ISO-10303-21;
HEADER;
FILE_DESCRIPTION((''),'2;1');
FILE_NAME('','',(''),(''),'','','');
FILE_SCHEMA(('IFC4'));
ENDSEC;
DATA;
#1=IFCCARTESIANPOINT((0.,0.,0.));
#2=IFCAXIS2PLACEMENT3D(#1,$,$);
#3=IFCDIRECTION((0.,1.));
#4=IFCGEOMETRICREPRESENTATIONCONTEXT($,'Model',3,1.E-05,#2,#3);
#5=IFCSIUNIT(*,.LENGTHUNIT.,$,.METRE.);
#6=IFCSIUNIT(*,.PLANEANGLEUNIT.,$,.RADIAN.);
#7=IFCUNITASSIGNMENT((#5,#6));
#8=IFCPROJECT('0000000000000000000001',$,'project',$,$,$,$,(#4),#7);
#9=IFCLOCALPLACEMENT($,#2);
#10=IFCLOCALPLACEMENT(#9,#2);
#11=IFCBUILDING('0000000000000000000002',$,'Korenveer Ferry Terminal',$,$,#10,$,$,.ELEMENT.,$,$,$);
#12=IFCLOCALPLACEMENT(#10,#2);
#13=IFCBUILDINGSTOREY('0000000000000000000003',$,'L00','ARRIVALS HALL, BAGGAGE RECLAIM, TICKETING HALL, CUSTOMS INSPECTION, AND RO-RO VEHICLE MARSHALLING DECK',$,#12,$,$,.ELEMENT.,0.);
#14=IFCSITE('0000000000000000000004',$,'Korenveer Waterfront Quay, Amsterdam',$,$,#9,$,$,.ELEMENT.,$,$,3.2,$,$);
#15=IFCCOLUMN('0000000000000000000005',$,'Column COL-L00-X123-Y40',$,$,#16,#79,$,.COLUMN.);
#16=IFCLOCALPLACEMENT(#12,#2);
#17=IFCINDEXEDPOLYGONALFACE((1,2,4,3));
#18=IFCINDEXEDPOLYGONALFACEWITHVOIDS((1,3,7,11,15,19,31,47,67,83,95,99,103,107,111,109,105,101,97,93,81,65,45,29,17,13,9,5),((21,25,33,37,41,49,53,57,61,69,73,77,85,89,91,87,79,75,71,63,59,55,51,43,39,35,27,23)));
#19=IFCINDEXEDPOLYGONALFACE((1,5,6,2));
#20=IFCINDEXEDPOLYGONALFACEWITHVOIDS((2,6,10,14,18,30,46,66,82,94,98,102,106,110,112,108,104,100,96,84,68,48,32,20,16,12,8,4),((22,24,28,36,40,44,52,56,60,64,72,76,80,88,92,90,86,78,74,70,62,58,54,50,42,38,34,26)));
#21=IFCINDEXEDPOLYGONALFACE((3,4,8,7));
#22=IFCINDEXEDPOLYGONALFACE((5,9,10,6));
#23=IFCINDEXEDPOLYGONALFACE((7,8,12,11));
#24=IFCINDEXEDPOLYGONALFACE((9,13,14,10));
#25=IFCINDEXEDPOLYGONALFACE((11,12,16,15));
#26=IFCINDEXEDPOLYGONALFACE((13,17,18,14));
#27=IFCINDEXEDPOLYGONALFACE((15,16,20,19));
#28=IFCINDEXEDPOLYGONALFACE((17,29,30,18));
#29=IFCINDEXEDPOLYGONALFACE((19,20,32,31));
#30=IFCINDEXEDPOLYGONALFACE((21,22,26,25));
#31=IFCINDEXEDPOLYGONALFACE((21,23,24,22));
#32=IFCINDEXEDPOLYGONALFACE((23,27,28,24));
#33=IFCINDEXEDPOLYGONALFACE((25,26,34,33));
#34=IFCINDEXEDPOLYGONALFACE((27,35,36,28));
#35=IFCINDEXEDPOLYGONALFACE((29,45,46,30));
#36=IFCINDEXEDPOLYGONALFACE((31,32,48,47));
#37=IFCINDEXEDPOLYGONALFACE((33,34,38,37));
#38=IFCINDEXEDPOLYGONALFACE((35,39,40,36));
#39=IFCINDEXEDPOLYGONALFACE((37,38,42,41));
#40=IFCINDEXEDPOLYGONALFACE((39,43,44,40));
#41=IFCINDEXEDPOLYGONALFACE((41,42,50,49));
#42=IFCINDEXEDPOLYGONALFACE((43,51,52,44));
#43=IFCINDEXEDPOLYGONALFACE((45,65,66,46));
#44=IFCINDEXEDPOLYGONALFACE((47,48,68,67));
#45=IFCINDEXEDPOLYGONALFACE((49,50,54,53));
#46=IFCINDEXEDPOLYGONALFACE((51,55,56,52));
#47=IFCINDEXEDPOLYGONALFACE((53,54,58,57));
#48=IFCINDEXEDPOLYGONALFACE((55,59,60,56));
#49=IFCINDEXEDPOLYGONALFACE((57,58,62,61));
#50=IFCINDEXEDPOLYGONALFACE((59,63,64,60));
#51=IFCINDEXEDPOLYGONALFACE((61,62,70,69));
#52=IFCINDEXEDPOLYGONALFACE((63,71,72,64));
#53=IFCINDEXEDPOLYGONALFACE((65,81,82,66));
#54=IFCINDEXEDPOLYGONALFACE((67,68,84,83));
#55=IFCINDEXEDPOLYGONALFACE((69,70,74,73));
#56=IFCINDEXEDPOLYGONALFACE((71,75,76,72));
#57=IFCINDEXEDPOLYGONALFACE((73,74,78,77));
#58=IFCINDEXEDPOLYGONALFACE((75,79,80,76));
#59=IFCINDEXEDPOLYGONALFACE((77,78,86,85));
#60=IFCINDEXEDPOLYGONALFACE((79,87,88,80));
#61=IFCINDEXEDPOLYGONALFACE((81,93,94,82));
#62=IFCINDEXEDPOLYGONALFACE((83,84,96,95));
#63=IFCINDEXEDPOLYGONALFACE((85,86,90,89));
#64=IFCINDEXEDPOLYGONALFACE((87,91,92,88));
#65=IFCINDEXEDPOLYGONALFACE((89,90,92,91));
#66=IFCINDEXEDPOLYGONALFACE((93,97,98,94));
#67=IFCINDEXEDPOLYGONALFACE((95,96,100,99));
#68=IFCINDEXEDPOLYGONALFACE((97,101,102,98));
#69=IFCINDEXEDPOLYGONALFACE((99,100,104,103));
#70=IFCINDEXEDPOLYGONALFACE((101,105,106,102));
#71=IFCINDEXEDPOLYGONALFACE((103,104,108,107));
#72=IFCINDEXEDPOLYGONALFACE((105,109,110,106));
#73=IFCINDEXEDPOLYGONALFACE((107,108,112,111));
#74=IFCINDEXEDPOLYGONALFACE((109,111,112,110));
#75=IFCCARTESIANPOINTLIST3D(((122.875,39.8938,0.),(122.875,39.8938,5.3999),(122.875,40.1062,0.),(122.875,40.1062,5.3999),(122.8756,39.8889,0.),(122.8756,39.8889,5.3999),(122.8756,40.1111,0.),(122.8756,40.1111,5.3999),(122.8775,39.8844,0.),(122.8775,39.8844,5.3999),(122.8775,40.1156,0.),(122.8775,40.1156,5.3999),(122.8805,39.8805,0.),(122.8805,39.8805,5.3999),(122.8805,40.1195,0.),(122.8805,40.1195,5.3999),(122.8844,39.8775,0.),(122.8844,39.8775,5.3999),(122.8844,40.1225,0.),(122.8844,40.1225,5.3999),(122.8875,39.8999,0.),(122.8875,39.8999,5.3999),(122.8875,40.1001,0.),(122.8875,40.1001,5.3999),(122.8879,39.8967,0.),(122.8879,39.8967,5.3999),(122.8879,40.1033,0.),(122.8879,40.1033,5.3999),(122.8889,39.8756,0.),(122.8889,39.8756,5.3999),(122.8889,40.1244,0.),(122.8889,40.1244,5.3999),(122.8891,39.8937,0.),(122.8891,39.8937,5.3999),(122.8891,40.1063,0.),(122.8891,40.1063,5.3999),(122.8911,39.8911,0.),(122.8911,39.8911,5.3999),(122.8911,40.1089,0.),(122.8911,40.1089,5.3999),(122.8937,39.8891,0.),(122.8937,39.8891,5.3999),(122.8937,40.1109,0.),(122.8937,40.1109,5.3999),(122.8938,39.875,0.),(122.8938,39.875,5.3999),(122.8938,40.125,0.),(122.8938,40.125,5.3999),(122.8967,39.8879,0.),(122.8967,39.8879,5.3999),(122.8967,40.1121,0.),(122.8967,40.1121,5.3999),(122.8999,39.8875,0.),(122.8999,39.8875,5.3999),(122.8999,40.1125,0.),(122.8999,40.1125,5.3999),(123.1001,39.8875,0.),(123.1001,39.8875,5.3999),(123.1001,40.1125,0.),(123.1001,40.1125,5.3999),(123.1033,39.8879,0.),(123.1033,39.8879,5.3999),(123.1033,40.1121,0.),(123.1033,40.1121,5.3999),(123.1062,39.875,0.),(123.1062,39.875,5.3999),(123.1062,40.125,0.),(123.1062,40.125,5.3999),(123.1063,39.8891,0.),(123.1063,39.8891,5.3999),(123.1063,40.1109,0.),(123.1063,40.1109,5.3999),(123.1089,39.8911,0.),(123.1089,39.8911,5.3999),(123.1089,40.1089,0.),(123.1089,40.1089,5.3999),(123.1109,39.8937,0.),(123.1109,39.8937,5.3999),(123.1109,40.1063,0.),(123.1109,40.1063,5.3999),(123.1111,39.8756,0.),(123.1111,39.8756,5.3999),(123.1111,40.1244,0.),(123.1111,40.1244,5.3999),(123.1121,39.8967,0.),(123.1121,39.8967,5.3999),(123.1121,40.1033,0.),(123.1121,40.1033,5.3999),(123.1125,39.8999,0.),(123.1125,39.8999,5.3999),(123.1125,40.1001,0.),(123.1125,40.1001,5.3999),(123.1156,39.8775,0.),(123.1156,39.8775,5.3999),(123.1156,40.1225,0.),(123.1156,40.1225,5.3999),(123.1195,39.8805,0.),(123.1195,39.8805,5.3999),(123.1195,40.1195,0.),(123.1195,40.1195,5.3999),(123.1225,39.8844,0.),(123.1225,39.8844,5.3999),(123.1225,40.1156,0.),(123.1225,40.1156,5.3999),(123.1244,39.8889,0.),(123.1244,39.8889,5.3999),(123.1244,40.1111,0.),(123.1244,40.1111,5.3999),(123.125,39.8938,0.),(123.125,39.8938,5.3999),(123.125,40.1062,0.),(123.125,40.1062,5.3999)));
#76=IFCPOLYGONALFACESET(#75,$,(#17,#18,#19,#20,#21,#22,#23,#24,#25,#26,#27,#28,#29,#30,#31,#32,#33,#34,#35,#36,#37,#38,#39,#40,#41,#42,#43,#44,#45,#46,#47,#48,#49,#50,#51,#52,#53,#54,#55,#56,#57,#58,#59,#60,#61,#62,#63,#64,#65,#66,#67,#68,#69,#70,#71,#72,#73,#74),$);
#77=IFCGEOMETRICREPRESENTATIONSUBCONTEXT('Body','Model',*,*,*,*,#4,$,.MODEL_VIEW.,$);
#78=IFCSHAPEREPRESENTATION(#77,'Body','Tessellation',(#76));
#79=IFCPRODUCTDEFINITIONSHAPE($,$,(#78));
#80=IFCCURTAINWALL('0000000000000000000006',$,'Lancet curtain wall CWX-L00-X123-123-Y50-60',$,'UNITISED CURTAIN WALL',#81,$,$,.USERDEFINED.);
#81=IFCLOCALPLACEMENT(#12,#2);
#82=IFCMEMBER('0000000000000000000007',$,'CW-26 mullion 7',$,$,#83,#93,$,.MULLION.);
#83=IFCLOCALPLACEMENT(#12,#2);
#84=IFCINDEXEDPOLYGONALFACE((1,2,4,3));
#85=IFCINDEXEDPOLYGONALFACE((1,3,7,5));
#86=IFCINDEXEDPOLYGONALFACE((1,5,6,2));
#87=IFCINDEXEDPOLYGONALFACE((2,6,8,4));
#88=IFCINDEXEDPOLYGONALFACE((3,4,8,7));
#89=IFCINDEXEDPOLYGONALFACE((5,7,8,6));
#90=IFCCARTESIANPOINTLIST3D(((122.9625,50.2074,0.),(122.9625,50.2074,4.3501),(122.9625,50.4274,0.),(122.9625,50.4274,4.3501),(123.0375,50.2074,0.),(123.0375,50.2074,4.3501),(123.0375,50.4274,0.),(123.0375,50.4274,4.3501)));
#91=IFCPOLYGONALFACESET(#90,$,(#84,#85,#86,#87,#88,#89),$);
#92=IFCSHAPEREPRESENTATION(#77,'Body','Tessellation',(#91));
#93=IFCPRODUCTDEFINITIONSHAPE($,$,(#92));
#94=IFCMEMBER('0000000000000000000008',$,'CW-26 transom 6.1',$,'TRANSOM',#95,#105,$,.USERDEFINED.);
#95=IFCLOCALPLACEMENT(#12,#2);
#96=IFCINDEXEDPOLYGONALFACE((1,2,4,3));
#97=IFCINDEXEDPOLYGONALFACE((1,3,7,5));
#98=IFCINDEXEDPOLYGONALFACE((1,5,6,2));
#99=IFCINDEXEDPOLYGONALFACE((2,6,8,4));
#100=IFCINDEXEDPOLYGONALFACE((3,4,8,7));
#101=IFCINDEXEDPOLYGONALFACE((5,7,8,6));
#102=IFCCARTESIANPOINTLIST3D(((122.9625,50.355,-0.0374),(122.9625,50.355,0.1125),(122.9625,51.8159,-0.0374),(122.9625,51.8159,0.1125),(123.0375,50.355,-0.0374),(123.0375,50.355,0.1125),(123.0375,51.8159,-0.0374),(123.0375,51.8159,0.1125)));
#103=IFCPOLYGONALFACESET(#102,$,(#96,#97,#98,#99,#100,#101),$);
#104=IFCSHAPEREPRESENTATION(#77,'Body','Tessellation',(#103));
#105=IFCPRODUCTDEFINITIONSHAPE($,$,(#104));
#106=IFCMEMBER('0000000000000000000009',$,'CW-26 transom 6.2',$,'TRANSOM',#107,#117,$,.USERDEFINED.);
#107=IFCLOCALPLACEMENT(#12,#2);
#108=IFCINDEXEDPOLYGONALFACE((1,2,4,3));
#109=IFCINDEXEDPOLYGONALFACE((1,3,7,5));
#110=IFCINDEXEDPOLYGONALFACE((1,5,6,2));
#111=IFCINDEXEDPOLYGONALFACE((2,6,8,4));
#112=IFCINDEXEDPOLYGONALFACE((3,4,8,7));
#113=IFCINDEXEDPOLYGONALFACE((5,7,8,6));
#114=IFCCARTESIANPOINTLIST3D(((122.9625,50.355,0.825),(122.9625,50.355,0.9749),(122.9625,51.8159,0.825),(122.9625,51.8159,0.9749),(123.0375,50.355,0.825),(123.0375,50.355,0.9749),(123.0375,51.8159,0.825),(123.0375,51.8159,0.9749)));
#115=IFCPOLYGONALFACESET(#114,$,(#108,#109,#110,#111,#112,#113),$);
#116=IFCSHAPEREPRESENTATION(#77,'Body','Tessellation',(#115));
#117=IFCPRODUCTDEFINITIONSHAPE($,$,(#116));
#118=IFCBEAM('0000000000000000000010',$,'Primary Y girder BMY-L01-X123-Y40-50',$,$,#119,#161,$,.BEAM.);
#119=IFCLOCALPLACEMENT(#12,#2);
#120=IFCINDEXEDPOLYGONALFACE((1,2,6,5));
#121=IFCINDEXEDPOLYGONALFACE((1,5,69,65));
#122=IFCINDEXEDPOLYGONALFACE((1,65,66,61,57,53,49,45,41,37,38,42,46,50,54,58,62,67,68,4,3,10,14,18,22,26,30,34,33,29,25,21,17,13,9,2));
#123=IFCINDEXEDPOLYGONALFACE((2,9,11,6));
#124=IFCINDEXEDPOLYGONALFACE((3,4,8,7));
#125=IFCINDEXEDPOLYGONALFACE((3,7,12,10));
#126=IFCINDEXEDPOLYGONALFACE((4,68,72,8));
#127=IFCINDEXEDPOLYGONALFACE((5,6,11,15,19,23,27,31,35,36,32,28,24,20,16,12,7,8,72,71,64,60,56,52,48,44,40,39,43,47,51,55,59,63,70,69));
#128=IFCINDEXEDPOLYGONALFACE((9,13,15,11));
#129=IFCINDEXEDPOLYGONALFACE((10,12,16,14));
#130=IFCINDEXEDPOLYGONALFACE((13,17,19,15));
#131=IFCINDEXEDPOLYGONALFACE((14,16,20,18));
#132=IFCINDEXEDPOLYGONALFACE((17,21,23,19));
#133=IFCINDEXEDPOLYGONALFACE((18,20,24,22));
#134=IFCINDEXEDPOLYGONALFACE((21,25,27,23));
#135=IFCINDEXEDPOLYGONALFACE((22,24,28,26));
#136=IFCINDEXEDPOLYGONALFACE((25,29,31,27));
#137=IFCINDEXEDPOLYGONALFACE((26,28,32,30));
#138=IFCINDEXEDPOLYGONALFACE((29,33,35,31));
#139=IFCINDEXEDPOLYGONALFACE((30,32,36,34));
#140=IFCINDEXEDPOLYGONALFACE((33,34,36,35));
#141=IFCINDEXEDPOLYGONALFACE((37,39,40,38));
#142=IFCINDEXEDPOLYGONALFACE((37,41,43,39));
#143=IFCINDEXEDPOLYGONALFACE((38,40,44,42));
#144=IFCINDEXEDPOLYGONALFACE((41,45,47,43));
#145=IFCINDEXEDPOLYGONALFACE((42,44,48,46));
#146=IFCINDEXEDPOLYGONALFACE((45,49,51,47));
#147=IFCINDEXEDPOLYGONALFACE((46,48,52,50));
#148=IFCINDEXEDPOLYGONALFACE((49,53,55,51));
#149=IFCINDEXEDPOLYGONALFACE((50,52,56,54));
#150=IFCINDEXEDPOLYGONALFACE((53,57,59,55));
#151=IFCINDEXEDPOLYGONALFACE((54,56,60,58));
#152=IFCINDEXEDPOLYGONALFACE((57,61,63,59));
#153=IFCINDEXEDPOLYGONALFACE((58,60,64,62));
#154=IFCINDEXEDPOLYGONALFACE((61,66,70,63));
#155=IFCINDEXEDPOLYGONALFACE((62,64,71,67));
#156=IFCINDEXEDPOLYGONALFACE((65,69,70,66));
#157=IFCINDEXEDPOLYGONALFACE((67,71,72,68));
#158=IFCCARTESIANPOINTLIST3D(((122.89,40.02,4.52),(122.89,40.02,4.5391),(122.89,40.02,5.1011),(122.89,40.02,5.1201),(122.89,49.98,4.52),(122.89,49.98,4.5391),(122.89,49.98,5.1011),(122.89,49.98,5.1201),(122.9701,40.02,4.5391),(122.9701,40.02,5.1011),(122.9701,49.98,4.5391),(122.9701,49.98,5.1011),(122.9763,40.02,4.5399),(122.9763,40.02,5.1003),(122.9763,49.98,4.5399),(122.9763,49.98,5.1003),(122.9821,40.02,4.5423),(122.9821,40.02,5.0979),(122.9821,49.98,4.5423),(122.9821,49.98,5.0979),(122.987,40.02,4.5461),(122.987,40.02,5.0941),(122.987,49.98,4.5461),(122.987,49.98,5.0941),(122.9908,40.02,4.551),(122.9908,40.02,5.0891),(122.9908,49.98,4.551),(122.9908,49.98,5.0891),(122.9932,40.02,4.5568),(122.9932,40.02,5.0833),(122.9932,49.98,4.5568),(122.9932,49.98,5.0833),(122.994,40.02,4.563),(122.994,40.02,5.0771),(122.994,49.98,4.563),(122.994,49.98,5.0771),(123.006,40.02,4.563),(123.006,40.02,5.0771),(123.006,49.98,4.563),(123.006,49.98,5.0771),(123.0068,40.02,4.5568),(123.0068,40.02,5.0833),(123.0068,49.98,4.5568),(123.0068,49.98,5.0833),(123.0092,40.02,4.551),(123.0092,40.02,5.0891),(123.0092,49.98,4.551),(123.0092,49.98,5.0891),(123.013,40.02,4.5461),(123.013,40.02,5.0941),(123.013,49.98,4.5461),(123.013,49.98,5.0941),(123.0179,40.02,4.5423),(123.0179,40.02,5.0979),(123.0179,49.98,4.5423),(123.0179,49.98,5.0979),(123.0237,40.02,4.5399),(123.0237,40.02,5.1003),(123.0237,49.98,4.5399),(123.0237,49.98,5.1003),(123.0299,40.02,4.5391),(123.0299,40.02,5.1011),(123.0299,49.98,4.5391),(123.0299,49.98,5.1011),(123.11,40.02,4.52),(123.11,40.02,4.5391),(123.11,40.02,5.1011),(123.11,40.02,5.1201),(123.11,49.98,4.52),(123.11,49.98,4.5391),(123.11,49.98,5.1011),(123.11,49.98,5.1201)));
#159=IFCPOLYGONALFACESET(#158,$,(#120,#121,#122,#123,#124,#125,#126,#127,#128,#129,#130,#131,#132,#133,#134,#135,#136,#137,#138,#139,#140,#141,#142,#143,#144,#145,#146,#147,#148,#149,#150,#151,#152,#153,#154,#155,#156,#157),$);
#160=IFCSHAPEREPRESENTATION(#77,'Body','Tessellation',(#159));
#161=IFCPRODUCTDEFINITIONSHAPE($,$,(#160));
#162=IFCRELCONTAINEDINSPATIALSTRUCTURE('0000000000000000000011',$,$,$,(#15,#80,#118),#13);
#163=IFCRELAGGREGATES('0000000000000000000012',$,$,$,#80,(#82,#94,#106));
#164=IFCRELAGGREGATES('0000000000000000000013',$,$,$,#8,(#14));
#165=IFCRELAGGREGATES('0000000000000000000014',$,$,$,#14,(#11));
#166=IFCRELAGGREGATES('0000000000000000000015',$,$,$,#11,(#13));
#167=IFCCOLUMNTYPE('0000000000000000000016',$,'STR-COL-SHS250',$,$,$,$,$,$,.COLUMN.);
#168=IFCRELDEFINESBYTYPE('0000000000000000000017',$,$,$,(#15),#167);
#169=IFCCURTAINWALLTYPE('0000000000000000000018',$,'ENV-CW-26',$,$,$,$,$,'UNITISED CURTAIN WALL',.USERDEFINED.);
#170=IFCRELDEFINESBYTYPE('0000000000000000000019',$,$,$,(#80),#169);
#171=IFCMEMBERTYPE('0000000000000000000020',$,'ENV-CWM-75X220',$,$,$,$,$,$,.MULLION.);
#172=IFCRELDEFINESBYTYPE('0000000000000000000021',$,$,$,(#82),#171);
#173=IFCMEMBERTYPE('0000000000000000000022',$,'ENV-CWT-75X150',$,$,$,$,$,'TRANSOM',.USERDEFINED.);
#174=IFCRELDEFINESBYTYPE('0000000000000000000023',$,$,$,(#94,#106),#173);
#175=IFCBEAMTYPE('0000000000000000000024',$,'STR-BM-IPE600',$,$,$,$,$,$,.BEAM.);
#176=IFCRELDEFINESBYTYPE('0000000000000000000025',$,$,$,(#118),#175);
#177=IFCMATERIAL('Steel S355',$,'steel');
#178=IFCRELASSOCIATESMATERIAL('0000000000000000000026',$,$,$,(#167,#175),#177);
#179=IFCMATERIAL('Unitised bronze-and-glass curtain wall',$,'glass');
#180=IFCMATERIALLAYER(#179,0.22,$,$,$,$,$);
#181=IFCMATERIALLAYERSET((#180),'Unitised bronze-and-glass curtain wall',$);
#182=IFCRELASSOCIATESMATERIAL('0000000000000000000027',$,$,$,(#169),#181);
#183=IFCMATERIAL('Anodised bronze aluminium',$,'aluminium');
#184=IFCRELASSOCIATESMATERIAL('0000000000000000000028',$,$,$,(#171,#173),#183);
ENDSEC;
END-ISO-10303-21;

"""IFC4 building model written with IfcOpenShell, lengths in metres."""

from ifc_helpers import new_model, si_unit, direction, frame, origin, origin_2d, place, context, subcontext, project, spatial, rectangle, hollow_rectangle, i_section, extrude, material, layer, layer_set, material_profile, profile_set, type_object, element, aggregate, save


model = new_model("IFC4")

# Units and contexts
model_context = context("Model", 3, precision=1e-05, world=origin(), true_north=direction((0.0, 1.0)))
body_context = subcontext(model_context, "Body", "Model", "MODEL_VIEW")
ifc_project = project(units=[si_unit("LENGTHUNIT", "METRE"), si_unit("PLANEANGLEUNIT", "RADIAN")], contexts=[model_context])

# Site, building, storey
site_placement = place(None, origin())
site = spatial("IfcSite", under=ifc_project, at=site_placement, Name="Korenveer Waterfront Quay, Amsterdam", CompositionType="ELEMENT", RefElevation=3.2)
building_placement = place(site_placement, origin())
building = spatial("IfcBuilding", under=site, at=building_placement, Name="Korenveer Ferry Terminal", CompositionType="ELEMENT")
storey_placement = place(building_placement, origin())
storey = spatial("IfcBuildingStorey", under=building, at=storey_placement, Name="L00", Description="ARRIVALS HALL, BAGGAGE RECLAIM, TICKETING HALL, CUSTOMS INSPECTION, AND RO-RO VEHICLE MARSHALLING DECK", CompositionType="ELEMENT", Elevation=0.0)

# Column
ifc_material_1 = material(Name="Steel S355", Category="steel")
ifc_material_profile_1 = material_profile(ifc_material_1, hollow_rectangle(XDim=0.25, YDim=0.25, WallThickness=0.0125, InnerFilletRadius=0.0125, OuterFilletRadius=0.0188, at=origin_2d()), Name="SHS 250x250x12.5")
ifc_profile_set_1 = profile_set([ifc_material_profile_1], Name="Steel S355")
column_type_1 = type_object("IfcColumnType", Name="STR-COL-SHS250", PredefinedType="COLUMN", material=ifc_profile_set_1)
column_1_placement = place(storey_placement, frame((123.0, 40.0, 0.0), z_axis=(0.0, 0.0, 1.0), x_axis=(1.0, 0.0, 0.0)))
element("IfcColumn", 1, at=column_1_placement, inside=storey, type_object=column_type_1, Name="Column COL-L00-X123-Y40", PredefinedType="COLUMN", context=body_context, shape_type="SweptSolid", body=[
    extrude(hollow_rectangle(XDim=0.25, YDim=0.25, WallThickness=0.0125, InnerFilletRadius=0.0125, OuterFilletRadius=0.0188, at=origin_2d()), origin(), (0.0, 0.0, 1.0), 5.3999),
])

# Curtain wall, members
ifc_material_2 = material(Name="Unitised bronze-and-glass curtain wall", Category="glass")
ifc_layer_1 = layer(ifc_material_2, 0.22)
ifc_layer_set_1 = layer_set([ifc_layer_1], Name="Unitised bronze-and-glass curtain wall")
curtain_wall_type = type_object("IfcCurtainWallType", Name="ENV-CW-26", ElementType="UNITISED CURTAIN WALL", PredefinedType="USERDEFINED", material=ifc_layer_set_1)
curtain_wall_placement = place(storey_placement, frame((123.0, 59.72, 0.0)))
curtain_wall = element("IfcCurtainWall", 2, at=curtain_wall_placement, inside=storey, type_object=curtain_wall_type, Name="Lancet curtain wall CWX-L00-X123-123-Y50-60", ObjectType="UNITISED CURTAIN WALL", PredefinedType="USERDEFINED")
ifc_material_3 = material(Name="Anodised bronze aluminium", Category="aluminium")
ifc_material_profile_2 = material_profile(ifc_material_3, rectangle(XDim=0.075, YDim=0.22, at=origin_2d()), Name="ALU 75x220")
ifc_profile_set_2 = profile_set([ifc_material_profile_2], Name="Anodised bronze aluminium")
member_type_1 = type_object("IfcMemberType", Name="ENV-CWM-75X220", PredefinedType="MULLION", material=ifc_profile_set_2)
member_1_placement = place(storey_placement, frame((123.0, 50.3174, 0.0), z_axis=(0.0, 0.0, 1.0), x_axis=(1.0, 0.0, 0.0)))
member_1 = element("IfcMember", 3, at=member_1_placement, type_object=member_type_1, Name="CW-26 mullion 7", PredefinedType="MULLION", context=body_context, shape_type="SweptSolid", body=[
    extrude(rectangle(XDim=0.075, YDim=0.22, at=origin_2d()), origin(), (0.0, 0.0, 1.0), 4.3501),
])
ifc_material_profile_3 = material_profile(ifc_material_3, rectangle(XDim=0.075, YDim=0.1499, at=origin_2d()), Name="ALU 75x150")
ifc_profile_set_3 = profile_set([ifc_material_profile_3], Name="Anodised bronze aluminium")
member_type_2 = type_object("IfcMemberType", Name="ENV-CWT-75X150", ElementType="TRANSOM", PredefinedType="USERDEFINED", material=ifc_profile_set_3)
member_2_placement = place(storey_placement, frame((123.0, 51.8159, 0.0376), z_axis=(0.0, -1.0, 0.0), x_axis=(1.0, 0.0, 0.0)))
member_2 = element("IfcMember", 4, at=member_2_placement, type_object=member_type_2, Name="CW-26 transom 6.1", ObjectType="TRANSOM", PredefinedType="USERDEFINED", context=body_context, shape_type="SweptSolid", body=[
    extrude(rectangle(XDim=0.075, YDim=0.1499, at=origin_2d()), origin(), (0.0, 0.0, 1.0), 1.4609),
])
member_3_placement = place(storey_placement, frame((123.0, 51.8159, 0.8999), z_axis=(0.0, -1.0, 0.0), x_axis=(1.0, 0.0, 0.0)))
member_3 = element("IfcMember", 5, at=member_3_placement, type_object=member_type_2, Name="CW-26 transom 6.2", ObjectType="TRANSOM", PredefinedType="USERDEFINED", context=body_context, shape_type="SweptSolid", body=[
    extrude(rectangle(XDim=0.075, YDim=0.1499, at=origin_2d()), origin(), (0.0, 0.0, 1.0), 1.4609),
])

# Beam
ifc_material_profile_4 = material_profile(ifc_material_1, i_section(OverallWidth=0.22, OverallDepth=0.6001, WebThickness=0.012, FlangeThickness=0.019, FilletRadius=0.0239, at=origin_2d()), Name="IPE 600")
ifc_profile_set_4 = profile_set([ifc_material_profile_4], Name="Steel S355")
beam_type_1 = type_object("IfcBeamType", Name="STR-BM-IPE600", PredefinedType="BEAM", material=ifc_profile_set_4)
for number, where, z_axis, x_axis, name in (
    (6, (123.0, 40.02, 4.8201), (0.0, 1.0, 0.0), (-1.0, 0.0, 0.0), "Primary Y girder BMY-L01-X123-Y40-50"),
):
    element("IfcBeam", number, at=place(storey_placement, frame(where, z_axis=z_axis, x_axis=x_axis)), inside=storey, type_object=beam_type_1, Name=name, PredefinedType="BEAM", context=body_context, shape_type="SweptSolid", body=[
        extrude(i_section(OverallWidth=0.22, OverallDepth=0.6001, WebThickness=0.012, FlangeThickness=0.019, FilletRadius=0.0239, at=origin_2d()), origin(), (0.0, 0.0, 1.0), 9.96),
    ])

aggregate(curtain_wall, [member_1, member_2, member_3])

save(model, "model.ifc")
